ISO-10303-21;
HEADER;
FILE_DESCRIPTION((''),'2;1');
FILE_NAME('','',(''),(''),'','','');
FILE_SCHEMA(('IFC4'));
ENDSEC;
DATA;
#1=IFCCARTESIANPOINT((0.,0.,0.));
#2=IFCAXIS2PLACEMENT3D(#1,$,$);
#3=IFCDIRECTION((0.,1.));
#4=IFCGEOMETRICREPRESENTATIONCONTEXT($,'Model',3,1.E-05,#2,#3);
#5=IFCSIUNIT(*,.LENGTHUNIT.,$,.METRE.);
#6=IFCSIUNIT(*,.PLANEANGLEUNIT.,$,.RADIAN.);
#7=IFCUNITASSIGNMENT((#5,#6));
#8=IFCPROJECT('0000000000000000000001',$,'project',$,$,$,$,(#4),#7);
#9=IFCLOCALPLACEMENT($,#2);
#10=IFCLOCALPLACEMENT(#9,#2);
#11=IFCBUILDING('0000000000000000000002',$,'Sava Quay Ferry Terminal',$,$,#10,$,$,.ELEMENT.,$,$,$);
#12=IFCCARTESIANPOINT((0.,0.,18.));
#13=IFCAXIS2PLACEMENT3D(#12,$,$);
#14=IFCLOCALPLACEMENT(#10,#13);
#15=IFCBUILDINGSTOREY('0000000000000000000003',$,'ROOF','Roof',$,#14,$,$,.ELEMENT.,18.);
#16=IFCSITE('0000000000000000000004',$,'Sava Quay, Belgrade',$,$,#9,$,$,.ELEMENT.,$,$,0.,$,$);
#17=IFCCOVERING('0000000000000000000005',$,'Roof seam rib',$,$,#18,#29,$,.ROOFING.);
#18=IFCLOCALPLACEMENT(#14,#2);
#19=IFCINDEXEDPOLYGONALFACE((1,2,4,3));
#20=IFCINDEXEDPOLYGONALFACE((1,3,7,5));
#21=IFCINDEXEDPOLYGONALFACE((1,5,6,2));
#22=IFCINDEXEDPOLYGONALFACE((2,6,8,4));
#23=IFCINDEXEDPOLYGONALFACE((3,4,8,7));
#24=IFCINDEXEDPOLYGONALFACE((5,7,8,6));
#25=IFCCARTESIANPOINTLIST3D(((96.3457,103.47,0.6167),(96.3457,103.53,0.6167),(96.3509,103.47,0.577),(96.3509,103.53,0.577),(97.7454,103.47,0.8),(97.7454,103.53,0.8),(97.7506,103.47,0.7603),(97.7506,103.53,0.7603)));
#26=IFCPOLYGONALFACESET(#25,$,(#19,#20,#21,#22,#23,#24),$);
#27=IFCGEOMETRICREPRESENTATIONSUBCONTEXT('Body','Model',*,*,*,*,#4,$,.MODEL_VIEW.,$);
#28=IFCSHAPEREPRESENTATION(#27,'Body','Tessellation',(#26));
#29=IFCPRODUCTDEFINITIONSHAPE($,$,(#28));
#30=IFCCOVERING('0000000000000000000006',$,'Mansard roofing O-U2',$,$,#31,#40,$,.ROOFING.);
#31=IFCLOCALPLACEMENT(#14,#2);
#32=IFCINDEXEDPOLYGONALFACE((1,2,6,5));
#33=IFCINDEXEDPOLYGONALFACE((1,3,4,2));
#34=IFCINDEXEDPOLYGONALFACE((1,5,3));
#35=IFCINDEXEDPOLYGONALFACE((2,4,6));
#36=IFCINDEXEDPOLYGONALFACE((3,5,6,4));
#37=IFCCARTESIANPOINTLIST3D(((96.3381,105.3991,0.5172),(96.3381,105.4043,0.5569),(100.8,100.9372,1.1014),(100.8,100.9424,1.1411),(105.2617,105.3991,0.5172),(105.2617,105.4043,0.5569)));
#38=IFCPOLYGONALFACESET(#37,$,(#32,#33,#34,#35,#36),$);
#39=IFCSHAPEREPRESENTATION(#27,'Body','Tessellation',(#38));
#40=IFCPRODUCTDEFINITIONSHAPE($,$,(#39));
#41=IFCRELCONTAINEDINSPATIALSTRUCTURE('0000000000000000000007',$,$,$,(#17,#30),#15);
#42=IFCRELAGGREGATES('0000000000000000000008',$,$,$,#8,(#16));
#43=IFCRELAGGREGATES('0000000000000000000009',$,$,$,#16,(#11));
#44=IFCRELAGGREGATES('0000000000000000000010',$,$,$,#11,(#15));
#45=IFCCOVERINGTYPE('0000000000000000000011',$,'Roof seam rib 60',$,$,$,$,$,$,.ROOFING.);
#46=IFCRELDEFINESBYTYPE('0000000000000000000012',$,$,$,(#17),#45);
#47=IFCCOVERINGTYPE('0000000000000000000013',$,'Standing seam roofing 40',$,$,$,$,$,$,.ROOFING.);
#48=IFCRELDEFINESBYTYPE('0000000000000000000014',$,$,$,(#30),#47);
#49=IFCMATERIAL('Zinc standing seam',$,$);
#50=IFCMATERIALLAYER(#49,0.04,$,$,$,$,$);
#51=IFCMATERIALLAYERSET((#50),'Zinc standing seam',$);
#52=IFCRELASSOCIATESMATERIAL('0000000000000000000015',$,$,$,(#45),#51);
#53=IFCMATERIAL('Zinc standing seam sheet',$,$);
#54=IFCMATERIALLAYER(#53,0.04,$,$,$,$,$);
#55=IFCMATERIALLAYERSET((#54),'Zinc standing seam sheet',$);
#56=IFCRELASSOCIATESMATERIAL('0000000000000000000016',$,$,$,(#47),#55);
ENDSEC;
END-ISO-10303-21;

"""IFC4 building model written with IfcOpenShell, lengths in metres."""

from ifc_helpers import new_model, si_unit, direction, frame, origin, place, context, subcontext, project, spatial, polyline, outline, extrude, material, layer, layer_set, type_object, element, save


model = new_model("IFC4")

# Units and contexts
model_context = context("Model", 3, precision=1e-05, world=origin(), true_north=direction((0.0, 1.0)))
body_context = subcontext(model_context, "Body", "Model", "MODEL_VIEW")
ifc_project = project(units=[si_unit("LENGTHUNIT", "METRE"), si_unit("PLANEANGLEUNIT", "RADIAN")], contexts=[model_context])

# Site, building, storey
site_placement = place(None, origin())
site = spatial("IfcSite", under=ifc_project, at=site_placement, Name="Sava Quay, Belgrade", CompositionType="ELEMENT", RefElevation=0.0)
building_placement = place(site_placement, origin())
building = spatial("IfcBuilding", under=site, at=building_placement, Name="Sava Quay Ferry Terminal", CompositionType="ELEMENT")
storey_placement = place(building_placement, frame((0.0, 0.0, 18.0)))
storey = spatial("IfcBuildingStorey", under=building, at=storey_placement, Name="ROOF", Description="Roof", CompositionType="ELEMENT", Elevation=18.0)

# Coverings
ifc_material_1 = material(Name="Zinc standing seam")
ifc_layer_1 = layer(ifc_material_1, 0.04)
ifc_layer_set_1 = layer_set([ifc_layer_1], Name="Zinc standing seam")
covering_type_1 = type_object("IfcCoveringType", Name="Roof seam rib 60", PredefinedType="ROOFING", material=ifc_layer_set_1)
covering_1_placement = place(storey_placement, frame((96.3457, 103.53, 0.6167), z_axis=(-0.129886, 0.0, 0.991529), x_axis=(0.991529, 0.0, 0.129886)))
element("IfcCovering", 1, at=covering_1_placement, inside=storey, type_object=covering_type_1, Name="Roof seam rib", PredefinedType="ROOFING", context=body_context, shape_type="SweptSolid", body=[
    extrude(outline(polyline([(0.0, 0.0), (1.4116, 0.0), (1.4116, -0.0601), (0.0, -0.0601), (0.0, 0.0)])), origin(), (0.0, 0.0, -1.0), 0.04),
])
ifc_material_2 = material(Name="Zinc standing seam sheet")
ifc_layer_2 = layer(ifc_material_2, 0.04)
ifc_layer_set_2 = layer_set([ifc_layer_2], Name="Zinc standing seam sheet")
covering_type_2 = type_object("IfcCoveringType", Name="Standing seam roofing 40", PredefinedType="ROOFING", material=ifc_layer_set_2)
covering_2_placement = place(storey_placement, frame((105.2617, 105.4043, 0.5569), z_axis=(0.0, 0.129829, 0.991536), x_axis=(-0.704076, -0.704114, 0.092194)))
element("IfcCovering", 2, at=covering_2_placement, inside=storey, type_object=covering_type_2, Name="Mansard roofing O-U2", PredefinedType="ROOFING", context=body_context, shape_type="SweptSolid", body=[
    extrude(outline(polyline([(0.0, 0.0), (6.3369, 0.0), (6.2829, -6.3369), (0.0, 0.0)])), origin(), (0.0, 0.0, -1.0), 0.04),
])

save(model, "model.ifc")
